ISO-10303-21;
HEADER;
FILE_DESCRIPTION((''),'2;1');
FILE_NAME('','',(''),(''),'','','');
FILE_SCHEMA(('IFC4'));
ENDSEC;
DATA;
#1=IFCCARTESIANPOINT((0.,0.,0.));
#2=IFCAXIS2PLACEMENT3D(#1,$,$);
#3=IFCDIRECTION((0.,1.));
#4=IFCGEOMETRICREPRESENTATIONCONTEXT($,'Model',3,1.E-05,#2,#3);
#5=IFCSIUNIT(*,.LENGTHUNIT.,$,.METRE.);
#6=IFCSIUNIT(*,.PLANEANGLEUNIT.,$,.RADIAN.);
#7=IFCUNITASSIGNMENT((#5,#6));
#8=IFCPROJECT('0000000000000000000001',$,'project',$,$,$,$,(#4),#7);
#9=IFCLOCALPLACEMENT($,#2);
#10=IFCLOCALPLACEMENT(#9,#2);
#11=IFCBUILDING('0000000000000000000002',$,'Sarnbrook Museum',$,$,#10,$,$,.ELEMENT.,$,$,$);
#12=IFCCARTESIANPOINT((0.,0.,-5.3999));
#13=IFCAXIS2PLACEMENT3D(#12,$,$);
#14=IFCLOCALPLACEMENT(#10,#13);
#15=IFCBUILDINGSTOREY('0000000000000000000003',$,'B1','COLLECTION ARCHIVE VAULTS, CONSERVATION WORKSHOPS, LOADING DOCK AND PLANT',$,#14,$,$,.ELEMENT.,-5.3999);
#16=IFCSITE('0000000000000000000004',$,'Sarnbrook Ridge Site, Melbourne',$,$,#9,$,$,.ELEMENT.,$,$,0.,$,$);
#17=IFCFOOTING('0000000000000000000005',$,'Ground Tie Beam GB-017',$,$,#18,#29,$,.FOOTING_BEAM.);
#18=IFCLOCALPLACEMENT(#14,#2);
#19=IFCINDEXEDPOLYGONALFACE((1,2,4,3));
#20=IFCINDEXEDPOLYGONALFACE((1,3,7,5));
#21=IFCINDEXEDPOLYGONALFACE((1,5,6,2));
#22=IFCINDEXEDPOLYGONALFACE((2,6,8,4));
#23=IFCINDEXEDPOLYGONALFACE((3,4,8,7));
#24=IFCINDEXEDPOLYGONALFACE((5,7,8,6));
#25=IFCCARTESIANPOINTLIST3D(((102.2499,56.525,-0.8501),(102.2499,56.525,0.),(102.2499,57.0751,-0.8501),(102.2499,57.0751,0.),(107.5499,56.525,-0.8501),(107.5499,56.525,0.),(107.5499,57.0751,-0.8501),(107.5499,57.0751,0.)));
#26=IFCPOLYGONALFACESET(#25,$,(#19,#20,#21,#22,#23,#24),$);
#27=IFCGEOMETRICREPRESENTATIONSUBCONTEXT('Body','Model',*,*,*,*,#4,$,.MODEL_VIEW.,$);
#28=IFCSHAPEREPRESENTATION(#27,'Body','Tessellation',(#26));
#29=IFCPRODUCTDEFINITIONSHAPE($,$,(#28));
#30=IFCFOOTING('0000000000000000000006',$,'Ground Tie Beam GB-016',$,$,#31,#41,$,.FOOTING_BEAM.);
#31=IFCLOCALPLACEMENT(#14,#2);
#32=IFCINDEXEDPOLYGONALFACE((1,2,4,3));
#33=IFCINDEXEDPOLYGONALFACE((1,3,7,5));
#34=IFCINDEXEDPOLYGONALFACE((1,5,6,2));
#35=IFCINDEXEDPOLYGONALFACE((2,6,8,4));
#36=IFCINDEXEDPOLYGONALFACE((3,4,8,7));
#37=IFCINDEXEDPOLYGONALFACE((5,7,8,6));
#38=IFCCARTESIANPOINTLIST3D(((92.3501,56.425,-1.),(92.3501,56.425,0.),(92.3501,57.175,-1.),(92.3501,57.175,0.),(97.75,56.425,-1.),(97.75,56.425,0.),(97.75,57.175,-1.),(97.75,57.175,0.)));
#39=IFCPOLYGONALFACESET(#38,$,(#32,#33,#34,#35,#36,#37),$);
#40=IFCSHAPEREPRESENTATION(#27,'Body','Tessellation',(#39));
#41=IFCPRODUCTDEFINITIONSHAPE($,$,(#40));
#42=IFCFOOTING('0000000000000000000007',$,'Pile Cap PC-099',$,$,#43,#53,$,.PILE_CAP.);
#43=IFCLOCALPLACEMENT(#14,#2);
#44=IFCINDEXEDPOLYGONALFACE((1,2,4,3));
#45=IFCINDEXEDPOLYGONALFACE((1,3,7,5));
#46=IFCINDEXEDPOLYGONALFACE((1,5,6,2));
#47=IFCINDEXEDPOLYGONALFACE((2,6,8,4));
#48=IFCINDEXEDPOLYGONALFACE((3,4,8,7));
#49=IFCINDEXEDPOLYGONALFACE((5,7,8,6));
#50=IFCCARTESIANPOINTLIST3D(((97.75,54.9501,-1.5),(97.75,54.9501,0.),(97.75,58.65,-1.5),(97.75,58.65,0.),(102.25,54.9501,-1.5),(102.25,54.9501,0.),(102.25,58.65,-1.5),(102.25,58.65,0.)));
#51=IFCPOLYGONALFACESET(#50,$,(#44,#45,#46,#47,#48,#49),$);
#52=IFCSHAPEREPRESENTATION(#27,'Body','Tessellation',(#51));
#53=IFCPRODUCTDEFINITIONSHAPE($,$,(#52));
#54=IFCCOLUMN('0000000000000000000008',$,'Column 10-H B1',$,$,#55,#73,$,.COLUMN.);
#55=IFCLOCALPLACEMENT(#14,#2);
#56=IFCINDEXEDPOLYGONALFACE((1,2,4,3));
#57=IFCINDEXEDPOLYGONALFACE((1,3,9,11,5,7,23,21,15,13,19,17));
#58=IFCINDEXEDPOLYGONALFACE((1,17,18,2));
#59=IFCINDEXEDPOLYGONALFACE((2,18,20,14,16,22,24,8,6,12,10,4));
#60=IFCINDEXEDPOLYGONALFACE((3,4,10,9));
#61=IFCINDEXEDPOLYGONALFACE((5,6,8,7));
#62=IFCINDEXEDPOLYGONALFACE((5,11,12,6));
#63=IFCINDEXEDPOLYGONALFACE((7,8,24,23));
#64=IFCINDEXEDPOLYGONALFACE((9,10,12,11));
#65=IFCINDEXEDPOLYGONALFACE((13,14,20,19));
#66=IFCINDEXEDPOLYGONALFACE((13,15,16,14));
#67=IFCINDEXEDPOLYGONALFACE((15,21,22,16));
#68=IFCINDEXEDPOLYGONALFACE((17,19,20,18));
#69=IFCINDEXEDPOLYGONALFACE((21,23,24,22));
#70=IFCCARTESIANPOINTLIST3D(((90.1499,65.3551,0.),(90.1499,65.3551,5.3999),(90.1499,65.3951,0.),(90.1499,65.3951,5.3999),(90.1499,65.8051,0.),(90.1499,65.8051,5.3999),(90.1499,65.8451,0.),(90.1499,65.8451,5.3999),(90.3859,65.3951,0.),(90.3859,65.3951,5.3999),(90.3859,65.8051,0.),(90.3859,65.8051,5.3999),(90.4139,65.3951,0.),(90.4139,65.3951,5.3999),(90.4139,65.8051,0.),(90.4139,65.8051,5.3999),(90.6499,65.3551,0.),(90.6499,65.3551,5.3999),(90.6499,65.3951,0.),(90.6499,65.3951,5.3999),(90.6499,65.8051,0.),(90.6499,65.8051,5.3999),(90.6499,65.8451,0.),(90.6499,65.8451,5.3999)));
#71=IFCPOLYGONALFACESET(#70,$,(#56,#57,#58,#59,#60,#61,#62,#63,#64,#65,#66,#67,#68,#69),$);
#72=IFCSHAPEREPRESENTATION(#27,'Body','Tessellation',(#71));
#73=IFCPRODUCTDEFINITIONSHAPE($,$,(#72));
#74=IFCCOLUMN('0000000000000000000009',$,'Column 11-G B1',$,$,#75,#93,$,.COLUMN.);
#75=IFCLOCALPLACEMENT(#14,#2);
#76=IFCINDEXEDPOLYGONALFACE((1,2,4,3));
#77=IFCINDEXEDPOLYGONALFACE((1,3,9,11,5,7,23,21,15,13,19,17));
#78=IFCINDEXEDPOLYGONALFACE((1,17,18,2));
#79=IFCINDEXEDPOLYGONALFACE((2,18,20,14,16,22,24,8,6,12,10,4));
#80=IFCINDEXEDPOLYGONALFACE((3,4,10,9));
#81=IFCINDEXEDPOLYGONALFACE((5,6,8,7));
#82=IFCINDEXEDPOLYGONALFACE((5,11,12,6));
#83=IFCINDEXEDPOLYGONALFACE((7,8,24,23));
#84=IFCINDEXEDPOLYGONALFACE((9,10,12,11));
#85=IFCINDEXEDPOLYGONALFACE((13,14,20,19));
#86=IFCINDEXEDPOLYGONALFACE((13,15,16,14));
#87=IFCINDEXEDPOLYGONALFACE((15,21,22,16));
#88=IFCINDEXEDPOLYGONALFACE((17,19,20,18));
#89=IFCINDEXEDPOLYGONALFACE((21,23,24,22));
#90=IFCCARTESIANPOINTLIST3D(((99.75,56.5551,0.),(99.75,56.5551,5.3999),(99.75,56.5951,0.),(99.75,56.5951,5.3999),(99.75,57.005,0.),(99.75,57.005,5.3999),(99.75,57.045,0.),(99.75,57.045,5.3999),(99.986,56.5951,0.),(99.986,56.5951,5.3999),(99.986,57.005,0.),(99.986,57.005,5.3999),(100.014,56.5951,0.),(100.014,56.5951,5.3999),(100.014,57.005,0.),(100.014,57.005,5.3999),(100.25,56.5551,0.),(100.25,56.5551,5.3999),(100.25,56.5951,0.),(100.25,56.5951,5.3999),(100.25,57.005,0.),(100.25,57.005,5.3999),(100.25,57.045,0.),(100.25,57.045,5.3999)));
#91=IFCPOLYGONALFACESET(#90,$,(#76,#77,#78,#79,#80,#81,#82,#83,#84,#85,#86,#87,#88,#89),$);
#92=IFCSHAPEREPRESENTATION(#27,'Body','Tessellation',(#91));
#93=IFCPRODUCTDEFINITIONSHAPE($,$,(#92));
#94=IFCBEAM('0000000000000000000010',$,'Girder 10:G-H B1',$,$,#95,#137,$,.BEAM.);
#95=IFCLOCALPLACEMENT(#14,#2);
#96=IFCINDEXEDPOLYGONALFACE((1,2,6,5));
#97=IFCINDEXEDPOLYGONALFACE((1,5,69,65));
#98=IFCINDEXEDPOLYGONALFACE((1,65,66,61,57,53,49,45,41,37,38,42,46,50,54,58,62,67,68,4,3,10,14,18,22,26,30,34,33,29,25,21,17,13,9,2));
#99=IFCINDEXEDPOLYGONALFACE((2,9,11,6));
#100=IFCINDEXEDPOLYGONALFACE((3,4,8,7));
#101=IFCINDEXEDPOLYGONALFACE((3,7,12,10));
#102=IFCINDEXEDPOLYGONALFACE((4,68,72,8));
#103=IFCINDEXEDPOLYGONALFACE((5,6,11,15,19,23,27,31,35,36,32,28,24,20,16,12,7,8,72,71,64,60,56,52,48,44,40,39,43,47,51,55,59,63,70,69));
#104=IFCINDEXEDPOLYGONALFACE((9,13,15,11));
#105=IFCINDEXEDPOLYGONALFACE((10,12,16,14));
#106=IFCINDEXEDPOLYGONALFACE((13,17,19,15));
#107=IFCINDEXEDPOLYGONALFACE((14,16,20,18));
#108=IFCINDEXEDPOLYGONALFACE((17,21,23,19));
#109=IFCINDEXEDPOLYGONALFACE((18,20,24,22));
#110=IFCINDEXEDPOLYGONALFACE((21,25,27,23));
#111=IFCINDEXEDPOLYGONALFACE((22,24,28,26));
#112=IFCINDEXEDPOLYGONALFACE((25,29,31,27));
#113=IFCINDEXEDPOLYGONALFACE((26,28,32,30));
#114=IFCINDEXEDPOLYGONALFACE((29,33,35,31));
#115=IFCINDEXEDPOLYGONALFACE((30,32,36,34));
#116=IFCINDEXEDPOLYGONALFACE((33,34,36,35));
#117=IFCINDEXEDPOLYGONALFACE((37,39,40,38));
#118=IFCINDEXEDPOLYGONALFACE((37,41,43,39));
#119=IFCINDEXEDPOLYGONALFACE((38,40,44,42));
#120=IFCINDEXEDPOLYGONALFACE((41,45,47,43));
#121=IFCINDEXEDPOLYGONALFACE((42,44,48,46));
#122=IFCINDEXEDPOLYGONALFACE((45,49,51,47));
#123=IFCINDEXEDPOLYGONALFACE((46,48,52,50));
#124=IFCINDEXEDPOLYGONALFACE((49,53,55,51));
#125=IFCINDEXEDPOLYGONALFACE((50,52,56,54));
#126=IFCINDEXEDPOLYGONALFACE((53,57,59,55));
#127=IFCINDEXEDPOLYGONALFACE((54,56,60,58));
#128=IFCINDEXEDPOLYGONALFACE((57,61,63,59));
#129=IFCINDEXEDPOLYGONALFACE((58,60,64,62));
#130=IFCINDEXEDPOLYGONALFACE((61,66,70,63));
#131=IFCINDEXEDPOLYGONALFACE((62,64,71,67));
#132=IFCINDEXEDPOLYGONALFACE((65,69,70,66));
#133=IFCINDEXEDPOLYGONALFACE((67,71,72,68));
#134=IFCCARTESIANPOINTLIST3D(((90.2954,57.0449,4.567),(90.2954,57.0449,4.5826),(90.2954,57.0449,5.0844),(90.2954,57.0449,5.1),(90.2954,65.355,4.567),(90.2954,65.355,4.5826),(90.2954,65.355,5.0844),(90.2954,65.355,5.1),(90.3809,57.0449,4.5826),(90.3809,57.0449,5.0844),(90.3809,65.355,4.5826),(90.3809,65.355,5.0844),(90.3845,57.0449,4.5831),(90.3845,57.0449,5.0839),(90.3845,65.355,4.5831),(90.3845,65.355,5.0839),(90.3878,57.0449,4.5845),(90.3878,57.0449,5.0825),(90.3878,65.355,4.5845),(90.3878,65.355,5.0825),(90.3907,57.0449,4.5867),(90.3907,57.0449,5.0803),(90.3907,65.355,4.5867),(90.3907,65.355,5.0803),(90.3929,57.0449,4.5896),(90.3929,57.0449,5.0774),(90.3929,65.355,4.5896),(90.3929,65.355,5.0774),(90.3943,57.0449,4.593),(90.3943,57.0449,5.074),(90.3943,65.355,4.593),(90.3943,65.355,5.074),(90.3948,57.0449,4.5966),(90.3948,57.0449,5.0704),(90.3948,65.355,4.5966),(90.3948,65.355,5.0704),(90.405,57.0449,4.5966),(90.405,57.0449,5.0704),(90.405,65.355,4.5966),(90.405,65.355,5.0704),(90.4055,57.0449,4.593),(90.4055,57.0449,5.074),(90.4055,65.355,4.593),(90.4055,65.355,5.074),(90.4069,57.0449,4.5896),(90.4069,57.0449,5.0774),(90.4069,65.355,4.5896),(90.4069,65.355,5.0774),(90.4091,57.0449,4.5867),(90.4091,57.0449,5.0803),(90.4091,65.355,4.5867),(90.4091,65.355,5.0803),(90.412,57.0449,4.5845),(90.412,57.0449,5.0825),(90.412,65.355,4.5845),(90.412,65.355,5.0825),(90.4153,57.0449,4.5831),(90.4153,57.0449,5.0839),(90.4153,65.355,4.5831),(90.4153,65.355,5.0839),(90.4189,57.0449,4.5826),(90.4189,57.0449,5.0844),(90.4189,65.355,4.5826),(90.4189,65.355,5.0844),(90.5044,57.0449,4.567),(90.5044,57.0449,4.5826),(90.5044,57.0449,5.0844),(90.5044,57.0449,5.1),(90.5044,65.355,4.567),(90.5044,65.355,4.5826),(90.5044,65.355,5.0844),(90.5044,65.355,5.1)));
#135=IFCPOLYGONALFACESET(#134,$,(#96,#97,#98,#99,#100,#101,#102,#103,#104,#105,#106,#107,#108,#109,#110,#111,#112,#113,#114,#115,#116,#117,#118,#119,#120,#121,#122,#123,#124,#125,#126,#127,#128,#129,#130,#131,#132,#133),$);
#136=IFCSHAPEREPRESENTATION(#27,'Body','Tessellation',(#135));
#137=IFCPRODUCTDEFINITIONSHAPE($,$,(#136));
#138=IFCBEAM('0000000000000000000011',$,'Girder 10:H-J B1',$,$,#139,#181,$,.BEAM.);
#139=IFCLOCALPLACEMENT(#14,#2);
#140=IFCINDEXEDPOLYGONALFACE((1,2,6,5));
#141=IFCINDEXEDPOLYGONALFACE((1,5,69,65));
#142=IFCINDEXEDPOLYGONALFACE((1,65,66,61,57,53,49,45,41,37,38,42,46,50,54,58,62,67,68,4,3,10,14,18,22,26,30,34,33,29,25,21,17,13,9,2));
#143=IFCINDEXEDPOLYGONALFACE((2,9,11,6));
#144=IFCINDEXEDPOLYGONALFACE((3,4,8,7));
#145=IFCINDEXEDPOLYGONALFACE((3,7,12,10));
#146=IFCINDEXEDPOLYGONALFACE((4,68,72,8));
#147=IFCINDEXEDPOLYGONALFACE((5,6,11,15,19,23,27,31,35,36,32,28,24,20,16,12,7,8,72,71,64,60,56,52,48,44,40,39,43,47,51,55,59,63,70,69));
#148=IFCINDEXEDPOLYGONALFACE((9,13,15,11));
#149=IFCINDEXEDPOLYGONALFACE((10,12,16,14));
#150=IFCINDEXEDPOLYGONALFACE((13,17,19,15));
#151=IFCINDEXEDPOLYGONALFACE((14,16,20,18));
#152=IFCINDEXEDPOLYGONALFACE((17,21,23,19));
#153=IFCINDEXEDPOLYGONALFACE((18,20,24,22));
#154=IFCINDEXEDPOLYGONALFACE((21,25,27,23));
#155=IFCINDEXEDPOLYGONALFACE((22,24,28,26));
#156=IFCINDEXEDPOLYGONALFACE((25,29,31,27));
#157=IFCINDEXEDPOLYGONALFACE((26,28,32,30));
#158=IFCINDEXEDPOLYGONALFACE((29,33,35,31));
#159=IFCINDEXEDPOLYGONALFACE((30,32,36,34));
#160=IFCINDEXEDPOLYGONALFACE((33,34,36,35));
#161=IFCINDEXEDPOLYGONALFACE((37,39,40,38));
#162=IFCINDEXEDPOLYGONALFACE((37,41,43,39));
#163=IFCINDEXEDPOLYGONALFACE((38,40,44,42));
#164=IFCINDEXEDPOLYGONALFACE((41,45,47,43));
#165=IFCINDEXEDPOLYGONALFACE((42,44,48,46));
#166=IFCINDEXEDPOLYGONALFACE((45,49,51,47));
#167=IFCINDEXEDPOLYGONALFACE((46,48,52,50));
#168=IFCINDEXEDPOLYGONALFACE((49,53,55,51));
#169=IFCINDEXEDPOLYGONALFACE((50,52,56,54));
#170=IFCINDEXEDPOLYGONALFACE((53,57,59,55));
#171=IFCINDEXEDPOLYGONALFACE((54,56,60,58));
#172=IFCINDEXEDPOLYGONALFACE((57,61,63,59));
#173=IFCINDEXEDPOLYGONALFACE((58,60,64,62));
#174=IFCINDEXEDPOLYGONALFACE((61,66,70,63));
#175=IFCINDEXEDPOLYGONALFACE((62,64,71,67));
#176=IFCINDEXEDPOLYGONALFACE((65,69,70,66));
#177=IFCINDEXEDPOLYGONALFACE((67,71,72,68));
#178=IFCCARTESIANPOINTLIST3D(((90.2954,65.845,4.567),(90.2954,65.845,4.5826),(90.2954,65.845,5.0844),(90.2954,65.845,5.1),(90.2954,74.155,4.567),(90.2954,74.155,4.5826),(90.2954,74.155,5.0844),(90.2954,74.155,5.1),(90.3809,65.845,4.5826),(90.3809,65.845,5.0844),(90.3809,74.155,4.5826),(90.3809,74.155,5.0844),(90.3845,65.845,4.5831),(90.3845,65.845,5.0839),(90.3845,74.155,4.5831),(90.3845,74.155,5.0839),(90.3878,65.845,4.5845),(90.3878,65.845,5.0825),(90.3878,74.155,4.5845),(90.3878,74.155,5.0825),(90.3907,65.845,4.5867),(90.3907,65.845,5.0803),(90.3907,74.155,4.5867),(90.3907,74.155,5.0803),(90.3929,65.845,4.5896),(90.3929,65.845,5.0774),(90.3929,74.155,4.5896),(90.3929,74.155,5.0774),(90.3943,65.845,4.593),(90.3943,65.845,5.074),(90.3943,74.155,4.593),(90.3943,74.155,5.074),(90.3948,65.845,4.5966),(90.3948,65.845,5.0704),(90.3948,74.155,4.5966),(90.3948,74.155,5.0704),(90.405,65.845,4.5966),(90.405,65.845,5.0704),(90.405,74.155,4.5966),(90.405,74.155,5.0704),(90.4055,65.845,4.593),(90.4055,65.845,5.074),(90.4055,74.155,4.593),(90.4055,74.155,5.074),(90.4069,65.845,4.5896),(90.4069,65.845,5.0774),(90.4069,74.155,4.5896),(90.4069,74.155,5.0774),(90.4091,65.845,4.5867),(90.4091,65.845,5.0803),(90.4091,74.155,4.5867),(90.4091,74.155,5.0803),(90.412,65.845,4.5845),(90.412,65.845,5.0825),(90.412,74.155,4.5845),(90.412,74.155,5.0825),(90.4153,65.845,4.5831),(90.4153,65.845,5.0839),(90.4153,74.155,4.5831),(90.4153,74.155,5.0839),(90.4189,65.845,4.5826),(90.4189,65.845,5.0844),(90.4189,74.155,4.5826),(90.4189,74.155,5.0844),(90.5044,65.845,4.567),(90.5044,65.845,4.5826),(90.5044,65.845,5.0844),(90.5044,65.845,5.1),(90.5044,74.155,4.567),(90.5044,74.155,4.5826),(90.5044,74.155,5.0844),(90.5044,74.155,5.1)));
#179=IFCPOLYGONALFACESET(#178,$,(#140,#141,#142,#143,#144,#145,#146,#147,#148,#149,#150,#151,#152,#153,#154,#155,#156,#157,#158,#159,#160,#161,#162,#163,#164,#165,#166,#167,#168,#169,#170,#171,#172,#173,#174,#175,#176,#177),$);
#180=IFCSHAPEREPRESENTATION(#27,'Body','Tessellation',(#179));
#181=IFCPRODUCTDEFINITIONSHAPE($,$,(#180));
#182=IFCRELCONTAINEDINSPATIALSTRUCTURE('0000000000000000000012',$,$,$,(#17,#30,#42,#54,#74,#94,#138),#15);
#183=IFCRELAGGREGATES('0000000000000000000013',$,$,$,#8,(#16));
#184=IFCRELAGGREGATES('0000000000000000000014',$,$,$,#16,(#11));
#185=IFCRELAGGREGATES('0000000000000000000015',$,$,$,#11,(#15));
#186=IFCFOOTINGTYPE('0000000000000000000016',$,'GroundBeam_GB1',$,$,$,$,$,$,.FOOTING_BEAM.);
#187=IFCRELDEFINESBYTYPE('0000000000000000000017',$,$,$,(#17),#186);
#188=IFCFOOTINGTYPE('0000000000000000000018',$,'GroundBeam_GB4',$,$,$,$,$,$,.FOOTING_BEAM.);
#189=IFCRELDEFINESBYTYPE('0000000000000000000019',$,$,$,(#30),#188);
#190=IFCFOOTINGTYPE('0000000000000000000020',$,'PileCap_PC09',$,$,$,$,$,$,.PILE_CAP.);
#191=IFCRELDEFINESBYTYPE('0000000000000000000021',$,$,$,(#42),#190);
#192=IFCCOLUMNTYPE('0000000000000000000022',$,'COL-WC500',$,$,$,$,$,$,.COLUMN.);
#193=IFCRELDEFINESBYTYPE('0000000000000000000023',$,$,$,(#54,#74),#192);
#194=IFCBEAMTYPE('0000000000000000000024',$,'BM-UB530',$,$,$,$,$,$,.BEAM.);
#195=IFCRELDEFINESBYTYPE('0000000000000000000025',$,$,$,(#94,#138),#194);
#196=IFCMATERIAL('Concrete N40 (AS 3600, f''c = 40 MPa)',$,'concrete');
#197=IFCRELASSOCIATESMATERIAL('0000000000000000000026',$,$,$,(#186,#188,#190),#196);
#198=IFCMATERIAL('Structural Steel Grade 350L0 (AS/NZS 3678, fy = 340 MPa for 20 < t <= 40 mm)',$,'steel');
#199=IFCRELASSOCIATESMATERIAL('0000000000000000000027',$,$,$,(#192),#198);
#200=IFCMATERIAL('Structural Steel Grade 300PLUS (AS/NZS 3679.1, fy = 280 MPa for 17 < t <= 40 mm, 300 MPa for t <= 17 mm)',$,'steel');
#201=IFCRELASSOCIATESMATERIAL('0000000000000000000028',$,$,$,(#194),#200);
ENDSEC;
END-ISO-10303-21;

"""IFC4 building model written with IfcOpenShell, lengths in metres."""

from ifc_helpers import new_model, si_unit, direction, frame, origin, origin_2d, place, context, subcontext, project, spatial, rectangle, i_section, extrude, material, material_profile, profile_set, type_object, element, save


model = new_model("IFC4")

# Units and contexts
model_context = context("Model", 3, precision=1e-05, world=origin(), true_north=direction((0.0, 1.0)))
body_context = subcontext(model_context, "Body", "Model", "MODEL_VIEW")
ifc_project = project(units=[si_unit("LENGTHUNIT", "METRE"), si_unit("PLANEANGLEUNIT", "RADIAN")], contexts=[model_context])

# Site, building, storey
site_placement = place(None, origin())
site = spatial("IfcSite", under=ifc_project, at=site_placement, Name="Sarnbrook Ridge Site, Melbourne", CompositionType="ELEMENT", RefElevation=0.0)
building_placement = place(site_placement, origin())
building = spatial("IfcBuilding", under=site, at=building_placement, Name="Sarnbrook Museum", CompositionType="ELEMENT")
storey_placement = place(building_placement, frame((0.0, 0.0, -5.3999)))
storey = spatial("IfcBuildingStorey", under=building, at=storey_placement, Name="B1", Description="COLLECTION ARCHIVE VAULTS, CONSERVATION WORKSHOPS, LOADING DOCK AND PLANT", CompositionType="ELEMENT", Elevation=-5.3999)

# Footings
ifc_material_1 = material(Name="Concrete N40 (AS 3600, f'c = 40 MPa)", Category="concrete")
footing_type_1 = type_object("IfcFootingType", Name="GroundBeam_GB1", PredefinedType="FOOTING_BEAM", material=ifc_material_1)
footing_1_placement = place(storey_placement, frame((104.8999, 56.8, -0.8501), z_axis=(0.0, 0.0, 1.0), x_axis=(1.0, 0.0, 0.0)))
element("IfcFooting", 1, at=footing_1_placement, inside=storey, type_object=footing_type_1, Name="Ground Tie Beam GB-017", PredefinedType="FOOTING_BEAM", context=body_context, shape_type="SweptSolid", body=[
    extrude(rectangle(XDim=5.3, YDim=0.55, at=origin_2d()), origin(), (0.0, 0.0, 1.0), 0.8501),
])
footing_type_2 = type_object("IfcFootingType", Name="GroundBeam_GB4", PredefinedType="FOOTING_BEAM", material=ifc_material_1)
footing_2_placement = place(storey_placement, frame((95.05, 56.8, -1.0), z_axis=(0.0, 0.0, 1.0), x_axis=(1.0, 0.0, 0.0)))
element("IfcFooting", 2, at=footing_2_placement, inside=storey, type_object=footing_type_2, Name="Ground Tie Beam GB-016", PredefinedType="FOOTING_BEAM", context=body_context, shape_type="SweptSolid", body=[
    extrude(rectangle(XDim=5.3999, YDim=0.75, at=origin_2d()), origin(), (0.0, 0.0, 1.0), 1.0),
])
footing_type_3 = type_object("IfcFootingType", Name="PileCap_PC09", PredefinedType="PILE_CAP", material=ifc_material_1)
footing_3_placement = place(storey_placement, frame((100.0, 56.8, -1.5), z_axis=(0.0, 0.0, 1.0), x_axis=(1.0, 0.0, 0.0)))
element("IfcFooting", 3, at=footing_3_placement, inside=storey, type_object=footing_type_3, Name="Pile Cap PC-099", PredefinedType="PILE_CAP", context=body_context, shape_type="SweptSolid", body=[
    extrude(rectangle(XDim=4.5, YDim=3.7, at=origin_2d()), origin(), (0.0, 0.0, 1.0), 1.5),
])

# Columns
ifc_material_2 = material(Name="Structural Steel Grade 350L0 (AS/NZS 3678, fy = 340 MPa for 20 < t <= 40 mm)", Category="steel")
ifc_material_profile_1 = material_profile(ifc_material_2, i_section(OverallWidth=0.5, OverallDepth=0.49, WebThickness=0.0281, FlangeThickness=0.04, at=origin_2d()), Name="500WC340")
ifc_profile_set_1 = profile_set([ifc_material_profile_1], Name="Structural Steel Grade 350L0 (AS/NZS 3678, fy = 340 MPa for 20 < t <= 40 mm)")
column_type = type_object("IfcColumnType", Name="COL-WC500", PredefinedType="COLUMN", material=ifc_profile_set_1)
for number, where, z_axis, x_axis, name in (
    (4, (90.3999, 65.6001, 0.0), (0.0, 0.0, 1.0), (1.0, 0.0, 0.0), "Column 10-H B1"),
    (5, (100.0, 56.8, 0.0), (0.0, 0.0, 1.0), (1.0, 0.0, 0.0), "Column 11-G B1"),
):
    element("IfcColumn", number, at=place(storey_placement, frame(where, z_axis=z_axis, x_axis=x_axis)), inside=storey, type_object=column_type, Name=name, PredefinedType="COLUMN", context=body_context, shape_type="SweptSolid", body=[
        extrude(i_section(OverallWidth=0.5, OverallDepth=0.49, WebThickness=0.0281, FlangeThickness=0.04, at=origin_2d()), origin(), (0.0, 0.0, 1.0), 5.3999),
    ])

# Beams
ifc_material_3 = material(Name="Structural Steel Grade 300PLUS (AS/NZS 3679.1, fy = 280 MPa for 17 < t <= 40 mm, 300 MPa for t <= 17 mm)", Category="steel")
ifc_material_profile_2 = material_profile(ifc_material_3, i_section(OverallWidth=0.209, OverallDepth=0.533, WebThickness=0.0103, FlangeThickness=0.0156, FilletRadius=0.0139, at=origin_2d()), Name="530UB92.4")
ifc_profile_set_2 = profile_set([ifc_material_profile_2], Name="Structural Steel Grade 300PLUS (AS/NZS 3679.1, fy = 280 MPa for 17 < t <= 40 mm, 300 MPa for t <= 17 mm)")
beam_type_1 = type_object("IfcBeamType", Name="BM-UB530", PredefinedType="BEAM", material=ifc_profile_set_2)
for number, where, z_axis, x_axis, name in (
    (6, (90.3999, 57.0449, 4.8335), (0.0, 1.0, 0.0), (-1.0, 0.0, 0.0), "Girder 10:G-H B1"),
    (7, (90.3999, 65.845, 4.8335), (0.0, 1.0, 0.0), (-1.0, 0.0, 0.0), "Girder 10:H-J B1"),
):
    element("IfcBeam", number, at=place(storey_placement, frame(where, z_axis=z_axis, x_axis=x_axis)), inside=storey, type_object=beam_type_1, Name=name, PredefinedType="BEAM", context=body_context, shape_type="SweptSolid", body=[
        extrude(i_section(OverallWidth=0.209, OverallDepth=0.533, WebThickness=0.0103, FlangeThickness=0.0156, FilletRadius=0.0139, at=origin_2d()), origin(), (0.0, 0.0, 1.0), 8.3101),
    ])

save(model, "model.ifc")
